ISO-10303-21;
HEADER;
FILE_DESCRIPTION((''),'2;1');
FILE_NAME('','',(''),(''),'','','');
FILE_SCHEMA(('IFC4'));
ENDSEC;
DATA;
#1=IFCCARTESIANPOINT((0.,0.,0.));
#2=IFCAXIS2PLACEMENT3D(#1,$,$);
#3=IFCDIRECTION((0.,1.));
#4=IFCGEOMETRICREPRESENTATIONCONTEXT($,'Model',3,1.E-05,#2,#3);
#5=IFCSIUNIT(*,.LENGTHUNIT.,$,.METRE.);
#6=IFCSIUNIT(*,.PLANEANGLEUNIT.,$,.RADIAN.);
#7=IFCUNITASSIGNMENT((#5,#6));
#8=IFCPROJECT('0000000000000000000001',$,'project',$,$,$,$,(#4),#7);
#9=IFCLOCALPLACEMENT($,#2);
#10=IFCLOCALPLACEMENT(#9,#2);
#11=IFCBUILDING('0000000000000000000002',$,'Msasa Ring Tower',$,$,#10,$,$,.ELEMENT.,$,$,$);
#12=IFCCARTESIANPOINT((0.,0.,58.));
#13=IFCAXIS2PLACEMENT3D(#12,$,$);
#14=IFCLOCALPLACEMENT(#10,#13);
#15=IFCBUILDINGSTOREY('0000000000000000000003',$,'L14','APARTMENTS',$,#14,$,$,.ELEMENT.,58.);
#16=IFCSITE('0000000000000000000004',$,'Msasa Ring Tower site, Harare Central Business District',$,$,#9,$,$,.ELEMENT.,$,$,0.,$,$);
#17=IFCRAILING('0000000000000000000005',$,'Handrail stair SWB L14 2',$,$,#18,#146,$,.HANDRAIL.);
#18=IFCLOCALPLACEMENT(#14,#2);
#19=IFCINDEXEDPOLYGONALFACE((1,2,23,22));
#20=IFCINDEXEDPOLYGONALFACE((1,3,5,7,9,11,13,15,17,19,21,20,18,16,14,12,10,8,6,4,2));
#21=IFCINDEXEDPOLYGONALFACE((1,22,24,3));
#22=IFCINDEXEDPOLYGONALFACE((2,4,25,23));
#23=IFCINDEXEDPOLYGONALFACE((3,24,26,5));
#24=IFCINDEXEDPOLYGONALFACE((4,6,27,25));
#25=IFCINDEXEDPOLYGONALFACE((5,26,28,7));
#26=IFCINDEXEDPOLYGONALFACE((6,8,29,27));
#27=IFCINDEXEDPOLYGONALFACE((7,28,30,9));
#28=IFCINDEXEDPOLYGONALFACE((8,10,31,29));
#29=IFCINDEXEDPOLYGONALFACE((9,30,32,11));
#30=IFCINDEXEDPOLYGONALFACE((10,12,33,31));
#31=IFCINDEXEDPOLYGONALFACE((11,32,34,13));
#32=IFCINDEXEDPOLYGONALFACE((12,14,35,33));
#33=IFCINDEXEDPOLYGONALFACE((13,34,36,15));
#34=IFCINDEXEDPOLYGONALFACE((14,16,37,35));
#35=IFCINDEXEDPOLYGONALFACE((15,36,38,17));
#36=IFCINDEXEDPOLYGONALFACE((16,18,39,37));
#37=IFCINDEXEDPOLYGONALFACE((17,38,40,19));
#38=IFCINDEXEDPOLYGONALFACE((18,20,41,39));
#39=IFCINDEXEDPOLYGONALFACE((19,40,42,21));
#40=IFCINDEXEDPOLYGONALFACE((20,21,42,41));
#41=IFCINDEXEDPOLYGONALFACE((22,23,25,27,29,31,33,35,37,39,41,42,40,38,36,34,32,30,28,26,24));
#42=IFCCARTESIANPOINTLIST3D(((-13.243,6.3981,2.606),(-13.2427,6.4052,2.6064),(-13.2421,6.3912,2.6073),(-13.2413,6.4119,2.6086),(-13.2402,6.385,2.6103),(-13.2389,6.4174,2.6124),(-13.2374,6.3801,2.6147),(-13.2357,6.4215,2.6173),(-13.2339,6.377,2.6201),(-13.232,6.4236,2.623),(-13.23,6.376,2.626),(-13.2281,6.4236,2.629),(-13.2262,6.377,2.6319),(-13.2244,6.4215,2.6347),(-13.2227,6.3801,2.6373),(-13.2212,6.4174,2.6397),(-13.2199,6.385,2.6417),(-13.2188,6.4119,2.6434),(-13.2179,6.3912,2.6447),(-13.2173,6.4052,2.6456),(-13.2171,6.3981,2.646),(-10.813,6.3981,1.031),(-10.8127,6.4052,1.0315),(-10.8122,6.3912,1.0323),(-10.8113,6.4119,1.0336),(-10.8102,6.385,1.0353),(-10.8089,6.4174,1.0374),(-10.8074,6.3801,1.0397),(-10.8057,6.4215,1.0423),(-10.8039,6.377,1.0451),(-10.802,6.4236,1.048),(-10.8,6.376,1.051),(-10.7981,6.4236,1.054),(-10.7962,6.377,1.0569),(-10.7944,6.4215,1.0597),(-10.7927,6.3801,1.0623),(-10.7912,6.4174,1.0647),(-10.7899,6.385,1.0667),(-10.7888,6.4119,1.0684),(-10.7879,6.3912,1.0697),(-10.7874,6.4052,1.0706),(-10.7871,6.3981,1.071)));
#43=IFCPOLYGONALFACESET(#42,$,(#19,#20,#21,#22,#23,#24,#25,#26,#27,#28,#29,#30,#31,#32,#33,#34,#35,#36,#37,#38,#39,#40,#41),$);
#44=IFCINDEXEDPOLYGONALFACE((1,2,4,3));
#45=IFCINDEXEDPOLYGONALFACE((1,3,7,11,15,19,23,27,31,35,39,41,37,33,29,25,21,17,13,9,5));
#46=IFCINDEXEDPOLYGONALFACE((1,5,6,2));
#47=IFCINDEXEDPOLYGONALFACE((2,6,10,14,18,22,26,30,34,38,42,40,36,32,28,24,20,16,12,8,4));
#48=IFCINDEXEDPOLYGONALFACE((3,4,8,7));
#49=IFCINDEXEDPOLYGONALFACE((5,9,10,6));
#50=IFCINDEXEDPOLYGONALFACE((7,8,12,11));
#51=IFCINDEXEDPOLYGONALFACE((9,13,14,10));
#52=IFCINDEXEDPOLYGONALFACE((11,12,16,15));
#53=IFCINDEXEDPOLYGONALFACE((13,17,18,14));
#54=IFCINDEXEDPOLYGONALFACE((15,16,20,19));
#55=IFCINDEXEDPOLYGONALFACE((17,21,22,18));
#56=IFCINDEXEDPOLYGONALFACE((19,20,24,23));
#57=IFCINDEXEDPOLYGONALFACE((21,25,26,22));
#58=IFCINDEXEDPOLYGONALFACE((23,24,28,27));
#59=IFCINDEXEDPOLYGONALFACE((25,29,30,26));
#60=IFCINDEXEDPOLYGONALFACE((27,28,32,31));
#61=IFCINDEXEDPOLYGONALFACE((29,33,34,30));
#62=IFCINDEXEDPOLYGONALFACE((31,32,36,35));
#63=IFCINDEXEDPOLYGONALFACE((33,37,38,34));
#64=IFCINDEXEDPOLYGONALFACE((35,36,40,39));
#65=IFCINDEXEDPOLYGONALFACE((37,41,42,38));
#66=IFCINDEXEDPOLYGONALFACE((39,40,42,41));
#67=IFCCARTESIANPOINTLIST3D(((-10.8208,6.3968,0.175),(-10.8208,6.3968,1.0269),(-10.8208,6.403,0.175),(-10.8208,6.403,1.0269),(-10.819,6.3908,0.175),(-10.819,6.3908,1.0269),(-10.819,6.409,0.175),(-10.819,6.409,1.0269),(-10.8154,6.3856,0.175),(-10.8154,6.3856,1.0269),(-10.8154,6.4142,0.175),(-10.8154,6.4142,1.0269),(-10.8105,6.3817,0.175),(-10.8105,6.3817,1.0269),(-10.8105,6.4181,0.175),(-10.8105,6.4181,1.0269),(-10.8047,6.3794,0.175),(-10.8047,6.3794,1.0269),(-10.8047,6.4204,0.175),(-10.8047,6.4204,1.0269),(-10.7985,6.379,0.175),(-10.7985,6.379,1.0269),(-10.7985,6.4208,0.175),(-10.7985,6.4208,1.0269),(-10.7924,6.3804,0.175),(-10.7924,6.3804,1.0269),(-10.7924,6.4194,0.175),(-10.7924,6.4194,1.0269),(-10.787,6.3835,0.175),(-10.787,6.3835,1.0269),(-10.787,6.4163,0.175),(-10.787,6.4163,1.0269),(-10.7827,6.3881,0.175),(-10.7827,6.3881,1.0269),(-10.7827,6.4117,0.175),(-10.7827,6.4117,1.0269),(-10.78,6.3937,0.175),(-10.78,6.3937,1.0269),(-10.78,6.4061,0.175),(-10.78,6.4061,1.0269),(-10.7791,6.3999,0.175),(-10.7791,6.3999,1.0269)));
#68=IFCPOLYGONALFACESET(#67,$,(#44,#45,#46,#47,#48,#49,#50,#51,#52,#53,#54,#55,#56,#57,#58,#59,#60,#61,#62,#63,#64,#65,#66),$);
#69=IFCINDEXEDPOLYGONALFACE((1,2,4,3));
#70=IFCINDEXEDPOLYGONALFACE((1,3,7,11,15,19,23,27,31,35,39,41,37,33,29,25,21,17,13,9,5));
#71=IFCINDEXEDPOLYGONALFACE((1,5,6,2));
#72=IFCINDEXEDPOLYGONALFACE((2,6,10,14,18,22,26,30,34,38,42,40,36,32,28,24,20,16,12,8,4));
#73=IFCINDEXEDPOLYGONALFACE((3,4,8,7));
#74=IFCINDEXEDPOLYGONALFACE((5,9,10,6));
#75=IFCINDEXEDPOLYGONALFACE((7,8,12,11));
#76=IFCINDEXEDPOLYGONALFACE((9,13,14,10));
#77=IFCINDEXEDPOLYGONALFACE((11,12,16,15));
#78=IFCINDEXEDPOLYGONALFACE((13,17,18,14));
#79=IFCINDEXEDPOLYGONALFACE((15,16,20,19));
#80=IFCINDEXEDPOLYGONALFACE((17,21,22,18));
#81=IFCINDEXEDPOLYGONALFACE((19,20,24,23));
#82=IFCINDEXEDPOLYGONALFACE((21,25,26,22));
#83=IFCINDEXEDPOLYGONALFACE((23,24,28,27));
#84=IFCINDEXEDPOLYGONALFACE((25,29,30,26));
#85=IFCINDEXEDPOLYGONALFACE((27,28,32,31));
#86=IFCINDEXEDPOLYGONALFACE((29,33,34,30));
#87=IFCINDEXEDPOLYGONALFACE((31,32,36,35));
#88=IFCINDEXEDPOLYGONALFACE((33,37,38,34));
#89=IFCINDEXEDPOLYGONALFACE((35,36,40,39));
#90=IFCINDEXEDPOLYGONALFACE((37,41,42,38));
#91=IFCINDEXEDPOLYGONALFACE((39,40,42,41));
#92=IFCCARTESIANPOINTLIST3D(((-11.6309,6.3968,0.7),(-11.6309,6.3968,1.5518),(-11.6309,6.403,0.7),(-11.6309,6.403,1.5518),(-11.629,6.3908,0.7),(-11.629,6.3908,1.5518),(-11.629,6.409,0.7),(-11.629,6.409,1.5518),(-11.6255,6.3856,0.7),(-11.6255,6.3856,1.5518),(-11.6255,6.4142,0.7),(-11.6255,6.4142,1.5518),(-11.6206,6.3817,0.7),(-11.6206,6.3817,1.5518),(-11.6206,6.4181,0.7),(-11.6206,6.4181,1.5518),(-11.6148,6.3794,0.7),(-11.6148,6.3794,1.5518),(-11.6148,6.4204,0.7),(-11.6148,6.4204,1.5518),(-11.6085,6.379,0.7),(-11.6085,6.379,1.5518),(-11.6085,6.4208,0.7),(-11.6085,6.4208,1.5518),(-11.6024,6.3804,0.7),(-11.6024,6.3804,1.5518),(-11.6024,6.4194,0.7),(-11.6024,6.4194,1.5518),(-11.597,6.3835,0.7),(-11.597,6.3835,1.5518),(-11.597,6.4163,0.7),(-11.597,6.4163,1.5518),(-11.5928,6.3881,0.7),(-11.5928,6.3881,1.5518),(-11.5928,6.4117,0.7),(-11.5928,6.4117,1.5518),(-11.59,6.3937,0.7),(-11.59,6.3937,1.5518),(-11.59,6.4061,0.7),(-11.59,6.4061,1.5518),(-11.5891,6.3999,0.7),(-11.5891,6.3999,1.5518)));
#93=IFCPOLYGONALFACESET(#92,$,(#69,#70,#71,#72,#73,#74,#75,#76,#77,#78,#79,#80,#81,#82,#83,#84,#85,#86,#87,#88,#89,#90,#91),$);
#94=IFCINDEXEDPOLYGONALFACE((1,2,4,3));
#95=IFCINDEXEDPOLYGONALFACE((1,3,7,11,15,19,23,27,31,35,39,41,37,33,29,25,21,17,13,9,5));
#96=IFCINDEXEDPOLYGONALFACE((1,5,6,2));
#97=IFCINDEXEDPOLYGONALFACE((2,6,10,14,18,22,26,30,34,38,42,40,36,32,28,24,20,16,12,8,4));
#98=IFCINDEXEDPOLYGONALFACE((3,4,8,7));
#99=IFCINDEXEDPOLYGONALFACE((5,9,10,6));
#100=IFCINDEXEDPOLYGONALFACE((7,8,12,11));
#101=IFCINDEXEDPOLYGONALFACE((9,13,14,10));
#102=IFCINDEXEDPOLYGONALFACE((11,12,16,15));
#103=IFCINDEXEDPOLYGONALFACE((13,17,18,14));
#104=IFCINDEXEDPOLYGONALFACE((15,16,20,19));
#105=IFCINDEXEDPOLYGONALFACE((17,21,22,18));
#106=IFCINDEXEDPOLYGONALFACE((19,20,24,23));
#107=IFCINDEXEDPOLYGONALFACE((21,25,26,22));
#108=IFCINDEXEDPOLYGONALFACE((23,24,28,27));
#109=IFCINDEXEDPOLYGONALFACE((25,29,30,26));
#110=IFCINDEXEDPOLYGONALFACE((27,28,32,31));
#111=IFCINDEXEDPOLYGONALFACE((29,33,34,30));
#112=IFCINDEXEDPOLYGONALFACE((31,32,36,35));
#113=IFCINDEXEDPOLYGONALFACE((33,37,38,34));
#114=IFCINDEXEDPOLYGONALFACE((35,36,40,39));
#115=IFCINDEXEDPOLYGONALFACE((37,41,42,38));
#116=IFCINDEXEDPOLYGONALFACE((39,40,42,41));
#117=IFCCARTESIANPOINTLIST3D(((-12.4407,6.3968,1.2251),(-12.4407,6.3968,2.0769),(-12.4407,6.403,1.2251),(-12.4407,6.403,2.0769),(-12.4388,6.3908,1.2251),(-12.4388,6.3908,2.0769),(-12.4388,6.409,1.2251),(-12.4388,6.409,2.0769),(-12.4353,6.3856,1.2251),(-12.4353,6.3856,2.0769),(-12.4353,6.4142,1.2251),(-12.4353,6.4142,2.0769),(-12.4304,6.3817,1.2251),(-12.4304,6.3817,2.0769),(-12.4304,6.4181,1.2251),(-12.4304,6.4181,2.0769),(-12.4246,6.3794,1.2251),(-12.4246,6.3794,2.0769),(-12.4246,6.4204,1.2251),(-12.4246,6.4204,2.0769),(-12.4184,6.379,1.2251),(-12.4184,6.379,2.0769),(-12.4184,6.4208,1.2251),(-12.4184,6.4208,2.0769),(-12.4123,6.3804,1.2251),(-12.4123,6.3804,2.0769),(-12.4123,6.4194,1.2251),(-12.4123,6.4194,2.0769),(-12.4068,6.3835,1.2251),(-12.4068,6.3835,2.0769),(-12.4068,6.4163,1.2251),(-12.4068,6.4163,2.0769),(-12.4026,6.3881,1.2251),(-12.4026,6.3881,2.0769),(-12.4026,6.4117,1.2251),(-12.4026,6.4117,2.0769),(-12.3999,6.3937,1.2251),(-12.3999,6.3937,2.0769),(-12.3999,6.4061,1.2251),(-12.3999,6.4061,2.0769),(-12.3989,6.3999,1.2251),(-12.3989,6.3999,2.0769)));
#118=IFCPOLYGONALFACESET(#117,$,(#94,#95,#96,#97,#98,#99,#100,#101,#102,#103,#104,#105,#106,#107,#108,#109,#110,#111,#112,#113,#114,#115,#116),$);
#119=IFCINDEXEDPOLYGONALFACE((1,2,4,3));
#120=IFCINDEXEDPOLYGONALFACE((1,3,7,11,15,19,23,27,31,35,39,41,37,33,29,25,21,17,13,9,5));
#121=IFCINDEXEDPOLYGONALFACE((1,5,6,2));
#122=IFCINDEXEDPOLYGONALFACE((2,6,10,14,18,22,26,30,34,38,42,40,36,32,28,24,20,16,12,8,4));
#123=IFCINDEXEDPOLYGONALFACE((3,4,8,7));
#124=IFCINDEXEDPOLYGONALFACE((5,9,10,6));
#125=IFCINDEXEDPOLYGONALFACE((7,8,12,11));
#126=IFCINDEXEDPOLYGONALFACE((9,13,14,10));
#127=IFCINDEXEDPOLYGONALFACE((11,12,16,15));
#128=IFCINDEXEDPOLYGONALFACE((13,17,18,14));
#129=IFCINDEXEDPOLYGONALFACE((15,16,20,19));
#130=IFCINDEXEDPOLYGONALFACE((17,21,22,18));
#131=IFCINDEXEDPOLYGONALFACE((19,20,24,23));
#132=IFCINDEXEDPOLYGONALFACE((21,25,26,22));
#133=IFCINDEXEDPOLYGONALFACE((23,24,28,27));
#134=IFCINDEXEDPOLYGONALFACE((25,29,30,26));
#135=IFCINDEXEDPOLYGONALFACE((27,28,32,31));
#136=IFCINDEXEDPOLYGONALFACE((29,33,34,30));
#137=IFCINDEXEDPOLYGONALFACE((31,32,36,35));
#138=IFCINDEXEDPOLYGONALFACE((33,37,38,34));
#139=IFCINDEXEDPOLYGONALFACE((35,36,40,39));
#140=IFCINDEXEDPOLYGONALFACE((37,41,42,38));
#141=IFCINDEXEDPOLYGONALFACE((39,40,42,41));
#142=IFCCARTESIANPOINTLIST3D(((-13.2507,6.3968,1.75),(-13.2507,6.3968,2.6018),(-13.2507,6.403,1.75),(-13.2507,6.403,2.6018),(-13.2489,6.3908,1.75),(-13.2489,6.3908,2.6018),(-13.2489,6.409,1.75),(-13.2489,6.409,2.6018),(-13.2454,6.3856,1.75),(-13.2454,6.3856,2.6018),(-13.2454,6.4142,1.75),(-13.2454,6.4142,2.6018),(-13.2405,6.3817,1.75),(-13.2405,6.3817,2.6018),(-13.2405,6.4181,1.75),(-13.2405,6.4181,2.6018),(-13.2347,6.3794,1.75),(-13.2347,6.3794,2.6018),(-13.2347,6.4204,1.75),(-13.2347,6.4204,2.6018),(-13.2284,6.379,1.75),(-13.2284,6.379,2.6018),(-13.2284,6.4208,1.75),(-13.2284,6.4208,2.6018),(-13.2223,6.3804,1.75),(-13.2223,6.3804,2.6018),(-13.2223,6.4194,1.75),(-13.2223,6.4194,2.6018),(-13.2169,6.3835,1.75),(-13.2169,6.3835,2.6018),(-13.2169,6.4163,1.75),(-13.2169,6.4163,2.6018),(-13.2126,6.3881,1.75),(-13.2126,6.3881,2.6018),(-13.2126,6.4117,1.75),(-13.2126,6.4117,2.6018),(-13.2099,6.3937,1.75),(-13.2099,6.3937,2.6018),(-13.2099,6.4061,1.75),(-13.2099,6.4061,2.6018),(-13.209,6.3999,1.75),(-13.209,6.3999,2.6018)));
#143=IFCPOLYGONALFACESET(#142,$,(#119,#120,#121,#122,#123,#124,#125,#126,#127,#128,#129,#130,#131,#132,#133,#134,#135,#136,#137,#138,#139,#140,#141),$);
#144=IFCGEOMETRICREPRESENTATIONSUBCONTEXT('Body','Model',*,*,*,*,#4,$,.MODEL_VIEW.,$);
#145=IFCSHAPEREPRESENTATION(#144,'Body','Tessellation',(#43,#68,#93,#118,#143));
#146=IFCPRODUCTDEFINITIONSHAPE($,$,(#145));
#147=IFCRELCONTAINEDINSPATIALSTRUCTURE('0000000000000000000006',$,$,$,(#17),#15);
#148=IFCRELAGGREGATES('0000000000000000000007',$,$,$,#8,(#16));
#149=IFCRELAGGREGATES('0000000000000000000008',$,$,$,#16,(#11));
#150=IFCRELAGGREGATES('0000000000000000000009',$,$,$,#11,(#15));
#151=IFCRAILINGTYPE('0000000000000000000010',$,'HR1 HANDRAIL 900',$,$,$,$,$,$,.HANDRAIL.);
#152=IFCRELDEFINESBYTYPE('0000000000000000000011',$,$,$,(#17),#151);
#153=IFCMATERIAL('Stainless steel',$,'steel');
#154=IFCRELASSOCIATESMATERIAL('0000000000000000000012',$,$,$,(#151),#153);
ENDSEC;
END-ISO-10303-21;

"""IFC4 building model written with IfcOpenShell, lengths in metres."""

from ifc_helpers import new_model, si_unit, direction, frame, origin, origin_2d, place, context, subcontext, project, spatial, circle, extrude, material, type_object, element, save


model = new_model("IFC4")

# Units and contexts
model_context = context("Model", 3, precision=1e-05, world=origin(), true_north=direction((0.0, 1.0)))
body_context = subcontext(model_context, "Body", "Model", "MODEL_VIEW")
ifc_project = project(units=[si_unit("LENGTHUNIT", "METRE"), si_unit("PLANEANGLEUNIT", "RADIAN")], contexts=[model_context])

# Site, building, storey
site_placement = place(None, origin())
site = spatial("IfcSite", under=ifc_project, at=site_placement, Name="Msasa Ring Tower site, Harare Central Business District", CompositionType="ELEMENT", RefElevation=0.0)
building_placement = place(site_placement, origin())
building = spatial("IfcBuilding", under=site, at=building_placement, Name="Msasa Ring Tower", CompositionType="ELEMENT")
storey_placement = place(building_placement, frame((0.0, 0.0, 58.0)))
storey = spatial("IfcBuildingStorey", under=building, at=storey_placement, Name="L14", Description="APARTMENTS", CompositionType="ELEMENT", Elevation=58.0)

# Railing
ifc_material_1 = material(Name="Stainless steel", Category="steel")
railing_type = type_object("IfcRailingType", Name="HR1 HANDRAIL 900", PredefinedType="HANDRAIL", material=ifc_material_1)
for number, where, name in (
    (1, (-10.8, 6.3999, 0.175), "Handrail stair SWB L14 2"),
):
    element("IfcRailing", number, at=place(storey_placement, frame(where)), inside=storey, type_object=railing_type, Name=name, PredefinedType="HANDRAIL", context=body_context, shape_type="SweptSolid", body=[
        extrude(circle(Radius=0.0239, at=origin_2d()), frame((0.0, 0.0, 0.876), z_axis=(-0.839154, 0.0, 0.543894), x_axis=(0.0, -1.0, 0.0)), (0.0, 0.0, 1.0), 2.8958),
        extrude(circle(Radius=0.021, at=origin_2d()), origin(), (0.0, 0.0, 1.0), 0.8518),
        extrude(circle(Radius=0.021, at=origin_2d()), frame((-0.8101, 0.0, 0.5249)), (0.0, 0.0, 1.0), 0.8518),
        extrude(circle(Radius=0.021, at=origin_2d()), frame((-1.6199, 0.0, 1.05)), (0.0, 0.0, 1.0), 0.8518),
        extrude(circle(Radius=0.021, at=origin_2d()), frame((-2.4299, 0.0, 1.575)), (0.0, 0.0, 1.0), 0.8518),
    ])

save(model, "model.ifc")
